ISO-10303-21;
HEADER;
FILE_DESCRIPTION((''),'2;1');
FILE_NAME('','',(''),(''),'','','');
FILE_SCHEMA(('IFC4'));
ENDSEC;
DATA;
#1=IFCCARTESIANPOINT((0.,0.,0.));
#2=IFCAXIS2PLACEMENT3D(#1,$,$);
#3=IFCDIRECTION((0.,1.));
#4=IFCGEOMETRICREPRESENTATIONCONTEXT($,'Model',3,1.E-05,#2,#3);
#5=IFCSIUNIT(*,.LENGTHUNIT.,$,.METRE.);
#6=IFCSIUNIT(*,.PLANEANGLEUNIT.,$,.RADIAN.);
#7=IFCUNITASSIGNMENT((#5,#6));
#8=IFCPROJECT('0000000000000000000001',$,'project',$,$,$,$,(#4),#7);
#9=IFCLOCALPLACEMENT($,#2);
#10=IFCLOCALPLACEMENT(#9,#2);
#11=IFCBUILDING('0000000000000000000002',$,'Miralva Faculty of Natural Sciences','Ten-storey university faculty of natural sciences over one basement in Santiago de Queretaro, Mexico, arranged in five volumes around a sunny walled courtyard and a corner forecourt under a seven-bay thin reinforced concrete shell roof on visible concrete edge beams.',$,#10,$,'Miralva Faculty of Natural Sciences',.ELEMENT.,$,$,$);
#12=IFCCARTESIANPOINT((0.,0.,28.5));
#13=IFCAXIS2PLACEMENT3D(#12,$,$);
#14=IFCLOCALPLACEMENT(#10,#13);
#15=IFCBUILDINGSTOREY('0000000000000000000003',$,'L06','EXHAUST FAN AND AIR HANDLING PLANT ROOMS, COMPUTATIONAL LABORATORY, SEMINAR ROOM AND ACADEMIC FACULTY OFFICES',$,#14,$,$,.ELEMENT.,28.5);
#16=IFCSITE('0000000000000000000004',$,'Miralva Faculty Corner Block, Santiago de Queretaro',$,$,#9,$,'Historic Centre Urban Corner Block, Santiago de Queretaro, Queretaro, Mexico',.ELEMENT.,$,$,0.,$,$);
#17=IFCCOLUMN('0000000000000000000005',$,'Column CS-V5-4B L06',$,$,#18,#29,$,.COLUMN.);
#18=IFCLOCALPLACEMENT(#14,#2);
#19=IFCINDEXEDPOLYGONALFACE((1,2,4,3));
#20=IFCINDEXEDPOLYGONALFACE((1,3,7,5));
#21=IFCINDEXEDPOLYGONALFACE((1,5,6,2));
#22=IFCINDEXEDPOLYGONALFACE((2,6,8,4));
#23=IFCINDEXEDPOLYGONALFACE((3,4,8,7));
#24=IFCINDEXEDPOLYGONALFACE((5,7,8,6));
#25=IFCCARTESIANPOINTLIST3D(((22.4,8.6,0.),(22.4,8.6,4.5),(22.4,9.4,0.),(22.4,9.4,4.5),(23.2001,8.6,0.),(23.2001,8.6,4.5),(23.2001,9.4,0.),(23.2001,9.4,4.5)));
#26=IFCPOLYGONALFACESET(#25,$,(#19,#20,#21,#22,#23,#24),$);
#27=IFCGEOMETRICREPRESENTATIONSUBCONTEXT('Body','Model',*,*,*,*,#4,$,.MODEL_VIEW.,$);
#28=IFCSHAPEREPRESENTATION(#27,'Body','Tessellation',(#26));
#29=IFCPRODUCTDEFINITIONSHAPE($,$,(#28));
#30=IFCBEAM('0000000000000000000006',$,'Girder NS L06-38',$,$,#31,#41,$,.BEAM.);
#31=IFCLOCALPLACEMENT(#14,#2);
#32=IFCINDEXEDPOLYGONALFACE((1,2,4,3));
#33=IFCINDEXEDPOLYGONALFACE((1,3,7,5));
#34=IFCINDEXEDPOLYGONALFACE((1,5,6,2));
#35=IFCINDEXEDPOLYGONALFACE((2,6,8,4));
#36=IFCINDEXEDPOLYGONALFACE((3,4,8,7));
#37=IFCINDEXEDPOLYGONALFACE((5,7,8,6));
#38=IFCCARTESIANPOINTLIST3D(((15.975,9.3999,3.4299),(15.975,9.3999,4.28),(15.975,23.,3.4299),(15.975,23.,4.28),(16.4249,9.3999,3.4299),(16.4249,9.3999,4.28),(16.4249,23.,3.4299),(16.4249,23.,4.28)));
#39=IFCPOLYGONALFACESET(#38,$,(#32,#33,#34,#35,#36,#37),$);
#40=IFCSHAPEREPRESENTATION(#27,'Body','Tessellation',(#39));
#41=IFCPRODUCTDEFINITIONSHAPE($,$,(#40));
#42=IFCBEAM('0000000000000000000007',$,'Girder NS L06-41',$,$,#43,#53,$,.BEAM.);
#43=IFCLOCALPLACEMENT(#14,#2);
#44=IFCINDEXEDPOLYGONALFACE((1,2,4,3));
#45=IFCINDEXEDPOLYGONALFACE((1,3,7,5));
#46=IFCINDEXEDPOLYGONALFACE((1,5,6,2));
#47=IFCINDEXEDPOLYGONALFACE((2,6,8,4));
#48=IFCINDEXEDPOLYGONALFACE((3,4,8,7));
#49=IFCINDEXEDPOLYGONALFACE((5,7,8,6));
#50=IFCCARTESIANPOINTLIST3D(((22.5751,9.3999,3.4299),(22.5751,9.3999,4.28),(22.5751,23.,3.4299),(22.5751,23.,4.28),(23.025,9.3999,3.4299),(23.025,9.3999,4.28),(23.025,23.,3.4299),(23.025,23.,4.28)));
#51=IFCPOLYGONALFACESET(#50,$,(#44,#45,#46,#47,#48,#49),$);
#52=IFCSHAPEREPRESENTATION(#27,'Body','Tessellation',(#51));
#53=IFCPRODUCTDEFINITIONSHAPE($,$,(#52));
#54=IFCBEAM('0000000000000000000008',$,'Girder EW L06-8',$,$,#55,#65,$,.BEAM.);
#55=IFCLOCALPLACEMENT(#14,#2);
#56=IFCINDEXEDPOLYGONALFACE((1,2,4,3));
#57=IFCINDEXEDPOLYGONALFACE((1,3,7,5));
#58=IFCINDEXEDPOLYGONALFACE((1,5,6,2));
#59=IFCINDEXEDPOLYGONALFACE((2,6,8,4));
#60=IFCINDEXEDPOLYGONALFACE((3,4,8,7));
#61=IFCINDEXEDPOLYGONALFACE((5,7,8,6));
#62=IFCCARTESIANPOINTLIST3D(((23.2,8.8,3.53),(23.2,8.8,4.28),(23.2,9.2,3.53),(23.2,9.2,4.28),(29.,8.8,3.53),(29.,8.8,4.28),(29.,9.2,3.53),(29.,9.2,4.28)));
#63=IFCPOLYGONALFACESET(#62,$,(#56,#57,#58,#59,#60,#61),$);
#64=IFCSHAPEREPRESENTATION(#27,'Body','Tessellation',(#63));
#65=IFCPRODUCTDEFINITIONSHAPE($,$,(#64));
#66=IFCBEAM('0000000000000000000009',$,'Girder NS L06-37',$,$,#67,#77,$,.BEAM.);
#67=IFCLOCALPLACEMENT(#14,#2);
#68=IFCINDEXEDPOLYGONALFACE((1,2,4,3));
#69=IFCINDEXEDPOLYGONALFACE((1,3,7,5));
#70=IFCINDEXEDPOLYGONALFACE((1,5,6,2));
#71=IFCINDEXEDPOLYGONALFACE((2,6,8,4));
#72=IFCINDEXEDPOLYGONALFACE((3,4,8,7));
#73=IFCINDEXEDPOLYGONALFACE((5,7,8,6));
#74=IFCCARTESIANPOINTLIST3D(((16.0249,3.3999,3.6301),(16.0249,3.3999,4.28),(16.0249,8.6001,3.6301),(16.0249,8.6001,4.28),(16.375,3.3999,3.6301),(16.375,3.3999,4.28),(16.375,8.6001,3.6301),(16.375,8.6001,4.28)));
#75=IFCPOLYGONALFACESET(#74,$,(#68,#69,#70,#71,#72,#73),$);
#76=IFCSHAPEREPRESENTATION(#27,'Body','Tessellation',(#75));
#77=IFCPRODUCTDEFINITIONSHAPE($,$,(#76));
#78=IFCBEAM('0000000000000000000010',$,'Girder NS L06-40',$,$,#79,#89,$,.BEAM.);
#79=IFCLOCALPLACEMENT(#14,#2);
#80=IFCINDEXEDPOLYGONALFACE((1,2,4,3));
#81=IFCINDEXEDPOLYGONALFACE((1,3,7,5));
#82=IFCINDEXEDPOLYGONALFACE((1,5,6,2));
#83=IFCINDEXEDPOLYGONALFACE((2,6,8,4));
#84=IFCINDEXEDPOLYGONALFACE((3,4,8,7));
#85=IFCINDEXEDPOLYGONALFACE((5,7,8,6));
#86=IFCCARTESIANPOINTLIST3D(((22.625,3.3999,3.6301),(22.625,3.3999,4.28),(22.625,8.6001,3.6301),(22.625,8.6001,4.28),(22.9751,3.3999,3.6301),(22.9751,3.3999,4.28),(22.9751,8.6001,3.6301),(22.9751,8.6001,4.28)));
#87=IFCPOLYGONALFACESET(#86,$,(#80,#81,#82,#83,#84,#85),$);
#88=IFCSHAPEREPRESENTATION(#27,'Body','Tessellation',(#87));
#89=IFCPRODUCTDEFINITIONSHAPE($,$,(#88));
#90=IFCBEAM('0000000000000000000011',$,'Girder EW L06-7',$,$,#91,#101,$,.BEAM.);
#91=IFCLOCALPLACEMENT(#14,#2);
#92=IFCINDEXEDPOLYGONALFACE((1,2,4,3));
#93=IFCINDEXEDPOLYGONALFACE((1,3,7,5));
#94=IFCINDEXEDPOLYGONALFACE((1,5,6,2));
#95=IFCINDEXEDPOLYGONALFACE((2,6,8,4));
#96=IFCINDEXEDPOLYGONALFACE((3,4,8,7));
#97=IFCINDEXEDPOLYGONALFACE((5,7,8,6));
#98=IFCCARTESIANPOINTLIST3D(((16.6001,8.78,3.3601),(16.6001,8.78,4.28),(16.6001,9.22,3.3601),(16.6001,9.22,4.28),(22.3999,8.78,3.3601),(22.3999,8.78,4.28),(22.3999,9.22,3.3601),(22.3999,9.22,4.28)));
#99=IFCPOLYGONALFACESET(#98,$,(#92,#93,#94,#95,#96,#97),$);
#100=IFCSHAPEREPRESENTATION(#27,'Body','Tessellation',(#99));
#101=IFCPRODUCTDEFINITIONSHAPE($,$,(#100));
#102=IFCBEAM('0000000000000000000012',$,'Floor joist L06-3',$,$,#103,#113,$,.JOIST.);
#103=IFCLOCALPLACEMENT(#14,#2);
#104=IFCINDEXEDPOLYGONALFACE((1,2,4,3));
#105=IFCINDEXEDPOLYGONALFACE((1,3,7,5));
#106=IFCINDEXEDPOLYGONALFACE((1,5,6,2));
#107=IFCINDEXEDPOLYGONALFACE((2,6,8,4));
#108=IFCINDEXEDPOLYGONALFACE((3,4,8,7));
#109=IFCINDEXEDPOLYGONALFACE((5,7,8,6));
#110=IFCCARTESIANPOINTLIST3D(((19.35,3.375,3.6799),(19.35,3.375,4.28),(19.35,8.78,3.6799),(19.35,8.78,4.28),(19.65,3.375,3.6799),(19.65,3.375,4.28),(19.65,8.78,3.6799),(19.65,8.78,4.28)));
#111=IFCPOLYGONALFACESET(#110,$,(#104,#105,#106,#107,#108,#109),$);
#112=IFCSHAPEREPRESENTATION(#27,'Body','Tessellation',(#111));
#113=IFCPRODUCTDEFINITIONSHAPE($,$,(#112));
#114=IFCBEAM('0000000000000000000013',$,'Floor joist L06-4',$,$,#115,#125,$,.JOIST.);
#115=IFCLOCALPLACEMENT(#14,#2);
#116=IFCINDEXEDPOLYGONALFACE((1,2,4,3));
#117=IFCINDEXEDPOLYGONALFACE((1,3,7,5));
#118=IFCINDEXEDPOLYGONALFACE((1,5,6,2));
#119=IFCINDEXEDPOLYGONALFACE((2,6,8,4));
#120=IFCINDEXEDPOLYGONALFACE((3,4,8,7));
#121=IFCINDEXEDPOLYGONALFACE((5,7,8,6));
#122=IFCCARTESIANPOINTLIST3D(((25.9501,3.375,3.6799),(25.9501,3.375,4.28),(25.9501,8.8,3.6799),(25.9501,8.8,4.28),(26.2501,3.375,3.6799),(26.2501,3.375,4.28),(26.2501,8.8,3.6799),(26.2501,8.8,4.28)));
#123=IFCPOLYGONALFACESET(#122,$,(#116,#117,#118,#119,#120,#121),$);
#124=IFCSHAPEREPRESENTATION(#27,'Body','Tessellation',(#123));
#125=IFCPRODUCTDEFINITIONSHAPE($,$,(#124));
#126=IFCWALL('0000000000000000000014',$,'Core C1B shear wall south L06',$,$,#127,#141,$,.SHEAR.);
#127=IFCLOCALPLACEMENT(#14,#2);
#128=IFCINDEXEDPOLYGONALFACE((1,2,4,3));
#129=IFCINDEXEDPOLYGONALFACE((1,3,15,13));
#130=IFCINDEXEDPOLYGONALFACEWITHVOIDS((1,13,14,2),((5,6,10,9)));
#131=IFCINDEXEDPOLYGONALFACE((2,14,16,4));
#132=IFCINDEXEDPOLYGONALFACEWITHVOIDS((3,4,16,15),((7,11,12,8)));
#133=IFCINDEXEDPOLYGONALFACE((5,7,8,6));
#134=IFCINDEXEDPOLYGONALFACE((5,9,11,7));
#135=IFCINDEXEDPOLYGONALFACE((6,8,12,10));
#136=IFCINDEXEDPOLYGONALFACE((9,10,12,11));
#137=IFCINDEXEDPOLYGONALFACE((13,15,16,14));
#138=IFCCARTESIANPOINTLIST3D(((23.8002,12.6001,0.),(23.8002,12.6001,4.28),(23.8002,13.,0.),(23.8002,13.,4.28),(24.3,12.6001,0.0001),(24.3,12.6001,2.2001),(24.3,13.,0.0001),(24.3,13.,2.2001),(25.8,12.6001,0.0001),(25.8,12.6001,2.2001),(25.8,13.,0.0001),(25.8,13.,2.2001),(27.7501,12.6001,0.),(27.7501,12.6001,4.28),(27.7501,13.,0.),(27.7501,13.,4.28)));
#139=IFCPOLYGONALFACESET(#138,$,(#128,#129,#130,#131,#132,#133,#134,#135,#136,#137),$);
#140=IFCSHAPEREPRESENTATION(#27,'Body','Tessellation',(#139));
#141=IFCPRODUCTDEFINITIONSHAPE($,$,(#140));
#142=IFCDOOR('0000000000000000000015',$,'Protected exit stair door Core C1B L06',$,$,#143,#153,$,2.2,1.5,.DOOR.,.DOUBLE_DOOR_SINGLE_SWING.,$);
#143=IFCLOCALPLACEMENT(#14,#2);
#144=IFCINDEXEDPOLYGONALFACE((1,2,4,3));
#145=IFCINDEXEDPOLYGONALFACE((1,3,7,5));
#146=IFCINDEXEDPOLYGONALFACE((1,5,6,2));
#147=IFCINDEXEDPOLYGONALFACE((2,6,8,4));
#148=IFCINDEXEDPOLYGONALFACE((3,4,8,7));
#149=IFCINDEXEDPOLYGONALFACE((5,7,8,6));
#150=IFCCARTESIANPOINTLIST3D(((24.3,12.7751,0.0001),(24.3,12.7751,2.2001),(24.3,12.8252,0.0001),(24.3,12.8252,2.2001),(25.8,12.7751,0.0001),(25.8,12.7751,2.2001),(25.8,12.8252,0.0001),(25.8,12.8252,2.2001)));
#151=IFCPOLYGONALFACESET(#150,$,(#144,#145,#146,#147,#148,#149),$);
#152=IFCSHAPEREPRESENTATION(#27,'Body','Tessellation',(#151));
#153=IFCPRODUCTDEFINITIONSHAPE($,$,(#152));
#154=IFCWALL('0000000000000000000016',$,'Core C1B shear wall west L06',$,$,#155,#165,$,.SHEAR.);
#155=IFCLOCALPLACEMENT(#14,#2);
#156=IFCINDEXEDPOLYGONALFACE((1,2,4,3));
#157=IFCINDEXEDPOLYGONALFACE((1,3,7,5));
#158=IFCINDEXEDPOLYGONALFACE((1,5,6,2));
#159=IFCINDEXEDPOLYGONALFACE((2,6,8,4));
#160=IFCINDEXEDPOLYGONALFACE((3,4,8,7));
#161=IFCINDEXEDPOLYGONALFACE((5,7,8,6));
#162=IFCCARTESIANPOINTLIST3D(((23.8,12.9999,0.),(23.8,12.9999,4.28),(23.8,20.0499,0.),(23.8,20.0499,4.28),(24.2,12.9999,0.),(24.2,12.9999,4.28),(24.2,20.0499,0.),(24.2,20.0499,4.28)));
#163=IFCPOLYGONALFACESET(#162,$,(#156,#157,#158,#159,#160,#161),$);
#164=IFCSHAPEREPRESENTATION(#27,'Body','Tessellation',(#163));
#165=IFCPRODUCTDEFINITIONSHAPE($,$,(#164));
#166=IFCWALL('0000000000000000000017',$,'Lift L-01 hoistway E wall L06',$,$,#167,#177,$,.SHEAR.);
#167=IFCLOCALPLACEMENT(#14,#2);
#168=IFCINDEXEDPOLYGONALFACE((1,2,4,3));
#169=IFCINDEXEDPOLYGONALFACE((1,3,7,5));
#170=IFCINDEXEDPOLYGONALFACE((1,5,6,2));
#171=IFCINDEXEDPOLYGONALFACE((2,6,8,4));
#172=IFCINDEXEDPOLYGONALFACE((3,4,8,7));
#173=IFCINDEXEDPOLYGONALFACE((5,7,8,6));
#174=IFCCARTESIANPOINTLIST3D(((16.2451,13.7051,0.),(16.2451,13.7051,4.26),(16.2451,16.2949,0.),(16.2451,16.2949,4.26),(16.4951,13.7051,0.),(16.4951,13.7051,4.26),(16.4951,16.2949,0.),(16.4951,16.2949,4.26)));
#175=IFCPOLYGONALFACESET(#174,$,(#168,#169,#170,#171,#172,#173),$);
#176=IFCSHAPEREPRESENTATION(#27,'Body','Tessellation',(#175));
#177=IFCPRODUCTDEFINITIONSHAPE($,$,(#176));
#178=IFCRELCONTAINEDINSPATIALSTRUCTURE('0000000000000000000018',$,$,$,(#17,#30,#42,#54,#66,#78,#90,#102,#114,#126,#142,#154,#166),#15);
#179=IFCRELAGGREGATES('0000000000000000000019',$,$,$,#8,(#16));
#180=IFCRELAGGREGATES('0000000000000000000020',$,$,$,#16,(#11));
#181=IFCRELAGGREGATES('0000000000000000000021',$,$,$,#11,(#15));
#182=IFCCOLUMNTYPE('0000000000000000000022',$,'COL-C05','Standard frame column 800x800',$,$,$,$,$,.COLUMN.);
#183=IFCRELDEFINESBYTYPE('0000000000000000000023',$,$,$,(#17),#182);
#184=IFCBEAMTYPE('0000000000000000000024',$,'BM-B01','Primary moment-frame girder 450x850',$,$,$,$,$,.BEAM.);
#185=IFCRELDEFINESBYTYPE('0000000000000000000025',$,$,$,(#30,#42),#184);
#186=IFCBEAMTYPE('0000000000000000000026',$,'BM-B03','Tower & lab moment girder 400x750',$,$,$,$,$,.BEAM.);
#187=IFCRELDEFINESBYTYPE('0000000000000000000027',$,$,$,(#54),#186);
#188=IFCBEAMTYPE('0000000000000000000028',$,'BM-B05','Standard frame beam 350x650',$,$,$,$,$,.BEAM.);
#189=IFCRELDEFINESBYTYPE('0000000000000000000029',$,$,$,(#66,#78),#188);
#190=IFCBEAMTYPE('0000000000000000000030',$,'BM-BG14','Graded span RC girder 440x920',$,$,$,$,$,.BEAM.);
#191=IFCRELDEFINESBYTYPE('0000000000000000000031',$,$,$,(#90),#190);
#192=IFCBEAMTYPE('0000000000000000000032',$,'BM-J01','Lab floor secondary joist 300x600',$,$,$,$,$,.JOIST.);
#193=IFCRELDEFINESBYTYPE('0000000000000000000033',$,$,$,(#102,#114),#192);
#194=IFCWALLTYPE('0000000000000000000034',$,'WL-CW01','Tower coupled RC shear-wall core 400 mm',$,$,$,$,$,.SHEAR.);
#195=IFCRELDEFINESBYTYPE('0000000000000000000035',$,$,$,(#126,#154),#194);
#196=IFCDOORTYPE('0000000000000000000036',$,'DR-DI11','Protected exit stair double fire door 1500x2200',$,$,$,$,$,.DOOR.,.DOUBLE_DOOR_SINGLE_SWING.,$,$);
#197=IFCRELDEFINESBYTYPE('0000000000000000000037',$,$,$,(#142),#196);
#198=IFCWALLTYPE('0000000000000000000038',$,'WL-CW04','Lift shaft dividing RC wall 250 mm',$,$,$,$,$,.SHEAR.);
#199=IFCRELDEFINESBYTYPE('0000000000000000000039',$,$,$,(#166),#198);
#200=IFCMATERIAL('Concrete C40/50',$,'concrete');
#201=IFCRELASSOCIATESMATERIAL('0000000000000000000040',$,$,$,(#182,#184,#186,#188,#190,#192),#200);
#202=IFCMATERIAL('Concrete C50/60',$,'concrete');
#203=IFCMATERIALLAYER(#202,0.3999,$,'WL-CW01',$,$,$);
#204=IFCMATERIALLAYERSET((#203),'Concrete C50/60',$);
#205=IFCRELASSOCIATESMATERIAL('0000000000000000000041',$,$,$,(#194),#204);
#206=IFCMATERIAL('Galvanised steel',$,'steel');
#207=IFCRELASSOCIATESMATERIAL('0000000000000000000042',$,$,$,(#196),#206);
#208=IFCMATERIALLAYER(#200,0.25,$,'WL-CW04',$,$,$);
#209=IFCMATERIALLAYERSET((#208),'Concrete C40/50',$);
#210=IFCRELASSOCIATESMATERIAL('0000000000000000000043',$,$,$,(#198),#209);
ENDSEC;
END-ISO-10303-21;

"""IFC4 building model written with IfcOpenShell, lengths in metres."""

from ifc_helpers import new_model, si_unit, direction, frame, frame_2d, origin, origin_2d, place, context, subcontext, project, spatial, rectangle, extrude, material, layer, layer_set, material_profile, profile_set, type_object, element, fill, save


model = new_model("IFC4")

# Units and contexts
model_context = context("Model", 3, precision=1e-05, world=origin(), true_north=direction((0.0, 1.0)))
body_context = subcontext(model_context, "Body", "Model", "MODEL_VIEW")
ifc_project = project(units=[si_unit("LENGTHUNIT", "METRE"), si_unit("PLANEANGLEUNIT", "RADIAN")], contexts=[model_context])

# Site, building, storey
site_placement = place(None, origin())
site = spatial("IfcSite", under=ifc_project, at=site_placement, Name="Miralva Faculty Corner Block, Santiago de Queretaro", LongName="Historic Centre Urban Corner Block, Santiago de Queretaro, Queretaro, Mexico", CompositionType="ELEMENT", RefElevation=0.0)
building_placement = place(site_placement, origin())
building = spatial("IfcBuilding", under=site, at=building_placement, Name="Miralva Faculty of Natural Sciences", Description="Ten-storey university faculty of natural sciences over one basement in Santiago de Queretaro, Mexico, arranged in five volumes around a sunny walled courtyard and a corner forecourt under a seven-bay thin reinforced concrete shell roof on visible concrete edge beams.", LongName="Miralva Faculty of Natural Sciences", CompositionType="ELEMENT")
storey_placement = place(building_placement, frame((0.0, 0.0, 28.5)))
storey = spatial("IfcBuildingStorey", under=building, at=storey_placement, Name="L06", Description="EXHAUST FAN AND AIR HANDLING PLANT ROOMS, COMPUTATIONAL LABORATORY, SEMINAR ROOM AND ACADEMIC FACULTY OFFICES", CompositionType="ELEMENT", Elevation=28.5)

# Column
ifc_material_1 = material(Name="Concrete C40/50", Category="concrete")
ifc_material_profile_1 = material_profile(ifc_material_1, rectangle(XDim=0.8, YDim=0.8, at=origin_2d()), Name="RC 800x800")
ifc_profile_set_1 = profile_set([ifc_material_profile_1], Name="Concrete C40/50")
column_type = type_object("IfcColumnType", Name="COL-C05", Description="Standard frame column 800x800", PredefinedType="COLUMN", material=ifc_profile_set_1)
column_placement = place(storey_placement, frame((22.8, 9.0, 0.0), z_axis=(0.0, 0.0, 1.0), x_axis=(1.0, 0.0, 0.0)))
element("IfcColumn", 1, at=column_placement, inside=storey, type_object=column_type, Name="Column CS-V5-4B L06", PredefinedType="COLUMN", context=body_context, shape_type="SweptSolid", body=[
    extrude(rectangle(XDim=0.8, YDim=0.8, at=origin_2d()), origin(), (0.0, 0.0, 1.0), 4.5),
])

# Beams
ifc_material_profile_2 = material_profile(ifc_material_1, rectangle(XDim=0.45, YDim=0.8501, at=origin_2d()), Name="RC 450x850")
ifc_profile_set_2 = profile_set([ifc_material_profile_2], Name="Concrete C40/50")
beam_type_1 = type_object("IfcBeamType", Name="BM-B01", Description="Primary moment-frame girder 450x850", PredefinedType="BEAM", material=ifc_profile_set_2)
for number, where, z_axis, x_axis, name in (
    (2, (16.2, 9.3999, 3.855), (0.0, 1.0, 0.0), (-1.0, 0.0, 0.0), "Girder NS L06-38"),
    (3, (22.8, 9.3999, 3.855), (0.0, 1.0, 0.0), (-1.0, 0.0, 0.0), "Girder NS L06-41"),
):
    element("IfcBeam", number, at=place(storey_placement, frame(where, z_axis=z_axis, x_axis=x_axis)), inside=storey, type_object=beam_type_1, Name=name, PredefinedType="BEAM", context=body_context, shape_type="SweptSolid", body=[
        extrude(rectangle(XDim=0.45, YDim=0.8501, at=origin_2d()), origin(), (0.0, 0.0, 1.0), 13.6001),
    ])
ifc_material_profile_3 = material_profile(ifc_material_1, rectangle(XDim=0.3999, YDim=0.75, at=origin_2d()), Name="RC 400x750")
ifc_profile_set_3 = profile_set([ifc_material_profile_3], Name="Concrete C40/50")
beam_type_2 = type_object("IfcBeamType", Name="BM-B03", Description="Tower & lab moment girder 400x750", PredefinedType="BEAM", material=ifc_profile_set_3)
beam_1_placement = place(storey_placement, frame((23.2, 9.0, 3.905), z_axis=(1.0, 0.0, 0.0), x_axis=(0.0, 1.0, 0.0)))
element("IfcBeam", 4, at=beam_1_placement, inside=storey, type_object=beam_type_2, Name="Girder EW L06-8", PredefinedType="BEAM", context=body_context, shape_type="SweptSolid", body=[
    extrude(rectangle(XDim=0.3999, YDim=0.75, at=origin_2d()), origin(), (0.0, 0.0, 1.0), 5.8),
])
ifc_material_profile_4 = material_profile(ifc_material_1, rectangle(XDim=0.3501, YDim=0.6499, at=origin_2d()), Name="RC 350x650")
ifc_profile_set_4 = profile_set([ifc_material_profile_4], Name="Concrete C40/50")
beam_type_3 = type_object("IfcBeamType", Name="BM-B05", Description="Standard frame beam 350x650", PredefinedType="BEAM", material=ifc_profile_set_4)
for number, where, z_axis, x_axis, name in (
    (5, (16.2, 3.3999, 3.9551), (0.0, 1.0, 0.0), (-1.0, 0.0, 0.0), "Girder NS L06-37"),
    (6, (22.8, 3.3999, 3.9551), (0.0, 1.0, 0.0), (-1.0, 0.0, 0.0), "Girder NS L06-40"),
):
    element("IfcBeam", number, at=place(storey_placement, frame(where, z_axis=z_axis, x_axis=x_axis)), inside=storey, type_object=beam_type_3, Name=name, PredefinedType="BEAM", context=body_context, shape_type="SweptSolid", body=[
        extrude(rectangle(XDim=0.3501, YDim=0.6499, at=origin_2d()), origin(), (0.0, 0.0, 1.0), 5.2002),
    ])
ifc_material_profile_5 = material_profile(ifc_material_1, rectangle(XDim=0.4399, YDim=0.9199, at=origin_2d()), Name="RC 440x920")
ifc_profile_set_5 = profile_set([ifc_material_profile_5], Name="Concrete C40/50")
beam_type_4 = type_object("IfcBeamType", Name="BM-BG14", Description="Graded span RC girder 440x920", PredefinedType="BEAM", material=ifc_profile_set_5)
beam_2_placement = place(storey_placement, frame((16.6001, 9.0, 3.8201), z_axis=(1.0, 0.0, 0.0), x_axis=(0.0, 1.0, 0.0)))
element("IfcBeam", 7, at=beam_2_placement, inside=storey, type_object=beam_type_4, Name="Girder EW L06-7", PredefinedType="BEAM", context=body_context, shape_type="SweptSolid", body=[
    extrude(rectangle(XDim=0.4399, YDim=0.9199, at=origin_2d()), origin(), (0.0, 0.0, 1.0), 5.7998),
])
ifc_material_profile_6 = material_profile(ifc_material_1, rectangle(XDim=0.3, YDim=0.6001, at=origin_2d()), Name="RC 300x600")
ifc_profile_set_6 = profile_set([ifc_material_profile_6], Name="Concrete C40/50")
beam_type_5 = type_object("IfcBeamType", Name="BM-J01", Description="Lab floor secondary joist 300x600", PredefinedType="JOIST", material=ifc_profile_set_6)
beam_3_placement = place(storey_placement, frame((19.5, 3.375, 3.98), z_axis=(0.0, 1.0, 0.0), x_axis=(-1.0, 0.0, 0.0)))
element("IfcBeam", 8, at=beam_3_placement, inside=storey, type_object=beam_type_5, Name="Floor joist L06-3", PredefinedType="JOIST", context=body_context, shape_type="SweptSolid", body=[
    extrude(rectangle(XDim=0.3, YDim=0.6001, at=origin_2d()), origin(), (0.0, 0.0, 1.0), 5.405),
])
beam_4_placement = place(storey_placement, frame((26.1001, 3.375, 3.98), z_axis=(0.0, 1.0, 0.0), x_axis=(-1.0, 0.0, 0.0)))
element("IfcBeam", 9, at=beam_4_placement, inside=storey, type_object=beam_type_5, Name="Floor joist L06-4", PredefinedType="JOIST", context=body_context, shape_type="SweptSolid", body=[
    extrude(rectangle(XDim=0.3, YDim=0.6001, at=origin_2d()), origin(), (0.0, 0.0, 1.0), 5.425),
])

# Wall, opening, door
ifc_material_2 = material(Name="Concrete C50/60", Category="concrete")
ifc_layer_1 = layer(ifc_material_2, 0.3999, Name="WL-CW01")
ifc_layer_set_1 = layer_set([ifc_layer_1], Name="Concrete C50/60")
wall_type_1 = type_object("IfcWallType", Name="WL-CW01", Description="Tower coupled RC shear-wall core 400 mm", PredefinedType="SHEAR", material=ifc_layer_set_1)
wall_1_placement = place(storey_placement, frame((23.8, 12.8, 0.0), z_axis=(0.0, 0.0, 1.0), x_axis=(1.0, 0.0, 0.0)))
wall_1 = element("IfcWall", 10, at=wall_1_placement, inside=storey, type_object=wall_type_1, Name="Core C1B shear wall south L06", PredefinedType="SHEAR", context=body_context, shape_type="SweptSolid", body=[
    extrude(rectangle(XDim=3.95, YDim=0.3999, at=frame_2d((1.9751, 0.0))), origin(), (0.0, 0.0, 1.0), 4.28),
])
opening_1_placement = place(wall_1_placement, frame((0.5, 0.0, 0.0)))
opening_1 = element("IfcOpeningElement", 11, at=opening_1_placement, cuts=wall_1, PredefinedType="OPENING", context=body_context, shape_type="SweptSolid", body=[
    extrude(rectangle(XDim=1.5, YDim=2.2, at=frame_2d((0.75, 1.1001))), frame((0.0, 0.21, 0.0), z_axis=(0.0, -1.0, 0.0), x_axis=(1.0, 0.0, 0.0)), (0.0, 0.0, 1.0), 0.4199),
])
ifc_material_3 = material(Name="Galvanised steel", Category="steel")
door_type_1 = type_object("IfcDoorType", Name="DR-DI11", Description="Protected exit stair double fire door 1500x2200", OperationType="DOUBLE_DOOR_SINGLE_SWING", PredefinedType="DOOR", material=ifc_material_3)
door_1_placement = place(opening_1_placement, frame((1.5, 0.0, 0.0), z_axis=(0.0, 0.0, 1.0), x_axis=(-1.0, 0.0, 0.0)))
door_1 = element("IfcDoor", 12, at=door_1_placement, inside=storey, type_object=door_type_1, Name="Protected exit stair door Core C1B L06", OperationType="DOUBLE_DOOR_SINGLE_SWING", OverallHeight=2.2, OverallWidth=1.5, PredefinedType="DOOR", context=body_context, shape_type="SweptSolid", body=[
    extrude(rectangle(XDim=1.5, YDim=2.2, at=frame_2d((0.75, 1.1001))), frame((0.0, 0.0249, 0.0), z_axis=(0.0, -1.0, 0.0), x_axis=(1.0, 0.0, 0.0)), (0.0, 0.0, 1.0), 0.05),
])
fill(opening_1, door_1)

# Walls
wall_2_placement = place(storey_placement, frame((24.0, 13.0, 0.0), z_axis=(0.0, 0.0, 1.0), x_axis=(0.0, 1.0, 0.0)))
element("IfcWall", 13, at=wall_2_placement, inside=storey, type_object=wall_type_1, Name="Core C1B shear wall west L06", PredefinedType="SHEAR", context=body_context, shape_type="SweptSolid", body=[
    extrude(rectangle(XDim=7.05, YDim=0.3999, at=frame_2d((3.5249, 0.0))), origin(), (0.0, 0.0, 1.0), 4.28),
])
ifc_layer_2 = layer(ifc_material_1, 0.25, Name="WL-CW04")
ifc_layer_set_2 = layer_set([ifc_layer_2], Name="Concrete C40/50")
wall_type_2 = type_object("IfcWallType", Name="WL-CW04", Description="Lift shaft dividing RC wall 250 mm", PredefinedType="SHEAR", material=ifc_layer_set_2)
wall_3_placement = place(storey_placement, frame((16.3701, 13.7051, 0.0), z_axis=(0.0, 0.0, 1.0), x_axis=(0.0, 1.0, 0.0)))
element("IfcWall", 14, at=wall_3_placement, inside=storey, type_object=wall_type_2, Name="Lift L-01 hoistway E wall L06", PredefinedType="SHEAR", context=body_context, shape_type="SweptSolid", body=[
    extrude(rectangle(XDim=2.5898, YDim=0.25, at=frame_2d((1.2949, 0.0))), origin(), (0.0, 0.0, 1.0), 4.26),
])

save(model, "model.ifc")
